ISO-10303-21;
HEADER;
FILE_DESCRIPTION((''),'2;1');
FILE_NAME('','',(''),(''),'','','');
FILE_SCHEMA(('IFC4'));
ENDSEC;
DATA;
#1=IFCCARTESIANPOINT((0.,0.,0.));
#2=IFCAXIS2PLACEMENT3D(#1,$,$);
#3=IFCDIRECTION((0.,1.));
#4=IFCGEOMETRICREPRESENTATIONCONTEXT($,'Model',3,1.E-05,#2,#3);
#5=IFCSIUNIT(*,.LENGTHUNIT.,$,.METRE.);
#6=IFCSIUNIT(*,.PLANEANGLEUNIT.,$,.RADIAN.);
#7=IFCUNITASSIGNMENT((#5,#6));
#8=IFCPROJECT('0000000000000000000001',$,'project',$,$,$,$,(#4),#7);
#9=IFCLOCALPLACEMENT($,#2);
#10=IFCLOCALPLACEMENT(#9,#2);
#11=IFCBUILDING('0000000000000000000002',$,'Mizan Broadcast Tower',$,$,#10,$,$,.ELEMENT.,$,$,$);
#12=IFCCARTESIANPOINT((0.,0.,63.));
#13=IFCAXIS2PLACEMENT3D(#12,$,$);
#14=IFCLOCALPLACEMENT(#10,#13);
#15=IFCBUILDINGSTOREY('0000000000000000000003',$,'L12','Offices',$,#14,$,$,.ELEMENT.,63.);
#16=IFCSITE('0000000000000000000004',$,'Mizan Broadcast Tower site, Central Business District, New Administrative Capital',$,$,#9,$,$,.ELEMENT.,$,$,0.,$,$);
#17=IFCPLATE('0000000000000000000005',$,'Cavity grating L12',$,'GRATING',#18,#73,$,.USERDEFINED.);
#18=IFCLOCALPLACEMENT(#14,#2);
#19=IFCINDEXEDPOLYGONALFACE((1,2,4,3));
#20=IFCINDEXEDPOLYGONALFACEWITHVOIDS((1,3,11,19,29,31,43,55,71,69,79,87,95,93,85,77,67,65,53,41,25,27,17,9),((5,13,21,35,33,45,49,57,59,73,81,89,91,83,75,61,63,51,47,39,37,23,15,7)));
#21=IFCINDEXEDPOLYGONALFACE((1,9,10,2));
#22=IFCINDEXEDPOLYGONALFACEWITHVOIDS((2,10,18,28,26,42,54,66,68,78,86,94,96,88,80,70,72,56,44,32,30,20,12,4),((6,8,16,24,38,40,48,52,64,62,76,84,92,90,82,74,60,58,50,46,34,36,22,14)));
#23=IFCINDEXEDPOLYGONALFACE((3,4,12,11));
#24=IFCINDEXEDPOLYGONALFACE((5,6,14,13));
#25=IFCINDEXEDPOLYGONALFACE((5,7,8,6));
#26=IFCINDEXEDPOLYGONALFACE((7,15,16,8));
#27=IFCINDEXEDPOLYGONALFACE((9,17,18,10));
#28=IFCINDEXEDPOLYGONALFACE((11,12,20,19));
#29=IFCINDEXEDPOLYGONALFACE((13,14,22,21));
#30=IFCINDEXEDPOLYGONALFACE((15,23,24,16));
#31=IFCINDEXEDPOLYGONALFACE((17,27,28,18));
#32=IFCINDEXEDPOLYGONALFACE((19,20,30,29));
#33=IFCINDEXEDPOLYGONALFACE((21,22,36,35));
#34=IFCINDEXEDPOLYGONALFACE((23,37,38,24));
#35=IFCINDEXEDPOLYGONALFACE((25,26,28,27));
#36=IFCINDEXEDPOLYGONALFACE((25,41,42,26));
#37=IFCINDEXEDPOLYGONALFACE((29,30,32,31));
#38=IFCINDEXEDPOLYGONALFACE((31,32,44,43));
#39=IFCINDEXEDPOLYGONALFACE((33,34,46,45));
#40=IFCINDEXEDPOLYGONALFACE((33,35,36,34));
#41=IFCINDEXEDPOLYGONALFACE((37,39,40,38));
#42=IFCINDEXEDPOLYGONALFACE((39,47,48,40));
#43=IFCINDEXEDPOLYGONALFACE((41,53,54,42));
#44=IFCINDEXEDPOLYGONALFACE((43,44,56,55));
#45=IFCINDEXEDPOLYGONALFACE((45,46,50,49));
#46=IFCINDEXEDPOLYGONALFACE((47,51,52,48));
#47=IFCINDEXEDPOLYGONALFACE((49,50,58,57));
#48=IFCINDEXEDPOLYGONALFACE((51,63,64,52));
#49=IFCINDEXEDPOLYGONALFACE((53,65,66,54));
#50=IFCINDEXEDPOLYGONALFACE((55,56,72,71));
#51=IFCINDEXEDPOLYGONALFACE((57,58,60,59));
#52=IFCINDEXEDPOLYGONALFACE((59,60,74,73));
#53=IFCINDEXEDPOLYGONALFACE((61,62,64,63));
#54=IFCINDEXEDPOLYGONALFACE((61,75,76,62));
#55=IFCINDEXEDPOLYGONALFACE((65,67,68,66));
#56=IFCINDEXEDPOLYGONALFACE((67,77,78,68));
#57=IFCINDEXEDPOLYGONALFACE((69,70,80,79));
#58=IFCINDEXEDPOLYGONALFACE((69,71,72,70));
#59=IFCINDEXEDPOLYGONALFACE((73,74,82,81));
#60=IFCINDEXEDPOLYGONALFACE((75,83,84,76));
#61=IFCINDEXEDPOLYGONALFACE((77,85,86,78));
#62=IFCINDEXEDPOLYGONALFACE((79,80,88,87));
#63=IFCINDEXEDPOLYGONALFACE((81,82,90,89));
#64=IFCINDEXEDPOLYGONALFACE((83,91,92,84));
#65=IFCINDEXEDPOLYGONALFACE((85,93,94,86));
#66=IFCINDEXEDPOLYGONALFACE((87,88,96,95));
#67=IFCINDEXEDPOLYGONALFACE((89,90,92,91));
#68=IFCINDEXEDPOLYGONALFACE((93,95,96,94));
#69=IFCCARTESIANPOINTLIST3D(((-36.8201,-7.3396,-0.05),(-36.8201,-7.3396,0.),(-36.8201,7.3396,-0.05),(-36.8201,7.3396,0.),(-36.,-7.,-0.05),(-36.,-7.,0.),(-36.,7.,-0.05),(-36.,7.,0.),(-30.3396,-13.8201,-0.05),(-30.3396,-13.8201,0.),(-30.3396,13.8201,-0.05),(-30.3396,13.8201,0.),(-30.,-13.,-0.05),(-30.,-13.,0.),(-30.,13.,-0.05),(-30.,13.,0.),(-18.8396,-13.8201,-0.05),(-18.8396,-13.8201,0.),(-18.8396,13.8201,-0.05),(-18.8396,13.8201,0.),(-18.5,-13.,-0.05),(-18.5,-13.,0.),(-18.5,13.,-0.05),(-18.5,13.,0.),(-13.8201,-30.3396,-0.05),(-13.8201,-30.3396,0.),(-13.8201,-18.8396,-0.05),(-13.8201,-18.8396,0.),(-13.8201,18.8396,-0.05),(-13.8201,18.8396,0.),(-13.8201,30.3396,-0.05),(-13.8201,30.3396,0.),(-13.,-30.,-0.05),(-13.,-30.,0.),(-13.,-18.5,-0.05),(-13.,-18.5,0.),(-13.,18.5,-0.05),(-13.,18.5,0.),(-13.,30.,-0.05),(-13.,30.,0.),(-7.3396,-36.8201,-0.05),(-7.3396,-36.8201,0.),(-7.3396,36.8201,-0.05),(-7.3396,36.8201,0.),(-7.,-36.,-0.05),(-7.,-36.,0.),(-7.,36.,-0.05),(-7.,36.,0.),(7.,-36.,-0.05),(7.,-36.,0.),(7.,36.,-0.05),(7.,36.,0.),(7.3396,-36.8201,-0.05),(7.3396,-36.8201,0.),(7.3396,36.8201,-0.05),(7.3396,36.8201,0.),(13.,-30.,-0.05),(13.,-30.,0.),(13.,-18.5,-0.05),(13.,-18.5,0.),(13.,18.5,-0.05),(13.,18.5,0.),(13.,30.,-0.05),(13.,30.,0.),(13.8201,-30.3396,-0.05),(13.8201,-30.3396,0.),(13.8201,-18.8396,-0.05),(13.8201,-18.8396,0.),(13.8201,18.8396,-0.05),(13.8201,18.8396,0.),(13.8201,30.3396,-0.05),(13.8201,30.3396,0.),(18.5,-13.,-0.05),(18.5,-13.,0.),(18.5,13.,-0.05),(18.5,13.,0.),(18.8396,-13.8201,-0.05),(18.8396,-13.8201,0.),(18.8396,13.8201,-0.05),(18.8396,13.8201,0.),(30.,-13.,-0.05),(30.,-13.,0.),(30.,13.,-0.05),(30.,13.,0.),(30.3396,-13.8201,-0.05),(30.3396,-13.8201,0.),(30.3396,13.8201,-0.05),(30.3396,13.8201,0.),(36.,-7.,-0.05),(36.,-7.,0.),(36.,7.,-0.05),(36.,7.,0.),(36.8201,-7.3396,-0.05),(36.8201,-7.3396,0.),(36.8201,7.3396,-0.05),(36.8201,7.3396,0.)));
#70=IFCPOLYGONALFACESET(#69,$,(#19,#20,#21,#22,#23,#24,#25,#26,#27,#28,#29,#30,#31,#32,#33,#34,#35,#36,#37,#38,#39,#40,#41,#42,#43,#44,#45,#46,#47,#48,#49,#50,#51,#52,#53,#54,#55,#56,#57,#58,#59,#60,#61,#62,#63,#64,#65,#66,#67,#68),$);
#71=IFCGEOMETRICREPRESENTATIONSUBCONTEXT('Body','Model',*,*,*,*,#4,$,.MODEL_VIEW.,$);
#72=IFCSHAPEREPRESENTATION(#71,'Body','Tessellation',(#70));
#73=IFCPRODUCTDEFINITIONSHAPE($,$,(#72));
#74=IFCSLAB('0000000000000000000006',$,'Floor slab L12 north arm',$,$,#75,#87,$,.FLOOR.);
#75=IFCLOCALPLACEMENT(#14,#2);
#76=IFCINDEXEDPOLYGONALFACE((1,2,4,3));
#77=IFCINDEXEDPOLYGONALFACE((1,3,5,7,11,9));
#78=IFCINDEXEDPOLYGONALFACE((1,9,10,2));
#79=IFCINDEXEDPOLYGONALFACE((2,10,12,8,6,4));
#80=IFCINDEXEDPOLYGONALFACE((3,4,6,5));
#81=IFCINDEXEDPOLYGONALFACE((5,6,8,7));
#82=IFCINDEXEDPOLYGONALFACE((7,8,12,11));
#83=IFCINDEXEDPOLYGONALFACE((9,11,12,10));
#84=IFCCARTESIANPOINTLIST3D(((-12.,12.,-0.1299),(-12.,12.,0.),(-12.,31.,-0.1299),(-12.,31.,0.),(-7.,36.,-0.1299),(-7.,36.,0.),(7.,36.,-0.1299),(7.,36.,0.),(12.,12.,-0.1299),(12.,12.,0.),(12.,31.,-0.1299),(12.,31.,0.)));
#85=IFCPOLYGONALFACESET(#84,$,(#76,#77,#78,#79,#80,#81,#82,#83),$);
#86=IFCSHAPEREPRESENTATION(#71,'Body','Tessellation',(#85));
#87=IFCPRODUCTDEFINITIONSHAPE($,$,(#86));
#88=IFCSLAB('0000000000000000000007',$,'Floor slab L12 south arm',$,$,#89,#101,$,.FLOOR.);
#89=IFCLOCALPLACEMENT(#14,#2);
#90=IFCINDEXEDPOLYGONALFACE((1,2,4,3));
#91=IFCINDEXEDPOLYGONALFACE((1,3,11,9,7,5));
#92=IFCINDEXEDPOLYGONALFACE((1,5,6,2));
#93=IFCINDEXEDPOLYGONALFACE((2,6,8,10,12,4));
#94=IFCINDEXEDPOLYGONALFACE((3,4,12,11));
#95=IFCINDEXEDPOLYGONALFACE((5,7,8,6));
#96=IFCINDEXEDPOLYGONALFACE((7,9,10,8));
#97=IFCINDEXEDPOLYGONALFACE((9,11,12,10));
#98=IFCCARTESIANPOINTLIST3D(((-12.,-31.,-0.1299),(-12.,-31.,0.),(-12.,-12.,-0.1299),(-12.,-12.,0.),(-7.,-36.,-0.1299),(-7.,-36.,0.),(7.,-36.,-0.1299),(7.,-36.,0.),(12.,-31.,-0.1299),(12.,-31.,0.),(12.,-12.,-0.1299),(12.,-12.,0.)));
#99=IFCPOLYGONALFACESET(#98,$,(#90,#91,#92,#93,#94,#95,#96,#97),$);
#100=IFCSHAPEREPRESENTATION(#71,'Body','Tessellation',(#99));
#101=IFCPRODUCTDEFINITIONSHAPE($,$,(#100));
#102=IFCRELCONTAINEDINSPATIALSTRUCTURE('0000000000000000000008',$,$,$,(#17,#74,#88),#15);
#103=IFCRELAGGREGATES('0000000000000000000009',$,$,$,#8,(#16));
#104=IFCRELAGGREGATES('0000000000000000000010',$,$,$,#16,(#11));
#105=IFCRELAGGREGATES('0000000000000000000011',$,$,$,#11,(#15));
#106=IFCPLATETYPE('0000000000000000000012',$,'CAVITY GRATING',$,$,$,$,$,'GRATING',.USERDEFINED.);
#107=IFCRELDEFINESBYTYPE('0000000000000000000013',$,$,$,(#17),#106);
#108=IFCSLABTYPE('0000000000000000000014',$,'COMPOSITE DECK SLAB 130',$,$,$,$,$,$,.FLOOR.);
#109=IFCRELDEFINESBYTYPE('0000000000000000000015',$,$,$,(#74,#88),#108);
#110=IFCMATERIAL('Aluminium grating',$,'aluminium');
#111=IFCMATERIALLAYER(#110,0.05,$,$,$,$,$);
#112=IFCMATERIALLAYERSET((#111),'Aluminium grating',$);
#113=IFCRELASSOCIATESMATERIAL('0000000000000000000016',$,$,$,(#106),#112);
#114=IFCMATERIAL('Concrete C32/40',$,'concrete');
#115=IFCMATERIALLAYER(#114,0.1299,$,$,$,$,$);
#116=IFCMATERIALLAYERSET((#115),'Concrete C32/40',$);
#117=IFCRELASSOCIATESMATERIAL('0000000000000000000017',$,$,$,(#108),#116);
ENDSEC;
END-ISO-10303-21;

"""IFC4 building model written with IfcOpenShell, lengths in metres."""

from ifc_helpers import new_model, si_unit, direction, frame, origin, place, context, subcontext, project, spatial, polyline, outline, extrude, material, layer, layer_set, type_object, element, save


model = new_model("IFC4")

# Units and contexts
model_context = context("Model", 3, precision=1e-05, world=origin(), true_north=direction((0.0, 1.0)))
body_context = subcontext(model_context, "Body", "Model", "MODEL_VIEW")
ifc_project = project(units=[si_unit("LENGTHUNIT", "METRE"), si_unit("PLANEANGLEUNIT", "RADIAN")], contexts=[model_context])

# Site, building, storey
site_placement = place(None, origin())
site = spatial("IfcSite", under=ifc_project, at=site_placement, Name="Mizan Broadcast Tower site, Central Business District, New Administrative Capital", CompositionType="ELEMENT", RefElevation=0.0)
building_placement = place(site_placement, origin())
building = spatial("IfcBuilding", under=site, at=building_placement, Name="Mizan Broadcast Tower", CompositionType="ELEMENT")
storey_placement = place(building_placement, frame((0.0, 0.0, 63.0)))
storey = spatial("IfcBuildingStorey", under=building, at=storey_placement, Name="L12", Description="Offices", CompositionType="ELEMENT", Elevation=63.0)

# Plate
ifc_material_1 = material(Name="Aluminium grating", Category="aluminium")
ifc_layer_1 = layer(ifc_material_1, 0.05)
ifc_layer_set_1 = layer_set([ifc_layer_1], Name="Aluminium grating")
plate_type = type_object("IfcPlateType", Name="CAVITY GRATING", ElementType="GRATING", PredefinedType="USERDEFINED", material=ifc_layer_set_1)
plate_placement = place(storey_placement, frame((0.0, 0.0, -0.05)))
element("IfcPlate", 1, at=plate_placement, inside=storey, type_object=plate_type, Name="Cavity grating L12", ObjectType="GRATING", PredefinedType="USERDEFINED", context=body_context, shape_type="SweptSolid", body=[
    extrude(outline(polyline([(13.8201, -18.8396), (18.8396, -13.8201), (30.3396, -13.8201), (36.8201, -7.3396), (36.8201, 7.3396), (30.3396, 13.8201), (18.8396, 13.8201), (13.8201, 18.8396), (13.8201, 30.3396), (7.3396, 36.8201), (-7.3396, 36.8201), (-13.8201, 30.3396), (-13.8201, 18.8396), (-18.8396, 13.8201), (-30.3396, 13.8201), (-36.8201, 7.3396), (-36.8201, -7.3396), (-30.3396, -13.8201), (-18.8396, -13.8201), (-13.8201, -18.8396), (-13.8201, -30.3396), (-7.3396, -36.8201), (7.3396, -36.8201), (13.8201, -30.3396), (13.8201, -18.8396)]), holes=[polyline([(36.0, 7.0), (36.0, -7.0), (30.0, -13.0), (18.5, -13.0), (13.0, -18.5), (13.0, -30.0), (7.0, -36.0), (-7.0, -36.0), (-13.0, -30.0), (-13.0, -18.5), (-18.5, -13.0), (-30.0, -13.0), (-36.0, -7.0), (-36.0, 7.0), (-30.0, 13.0), (-18.5, 13.0), (-13.0, 18.5), (-13.0, 30.0), (-7.0, 36.0), (7.0, 36.0), (13.0, 30.0), (13.0, 18.5), (18.5, 13.0), (30.0, 13.0), (36.0, 7.0)])]), origin(), (0.0, 0.0, 1.0), 0.05),
])

# Slabs
ifc_material_2 = material(Name="Concrete C32/40", Category="concrete")
ifc_layer_2 = layer(ifc_material_2, 0.1299)
ifc_layer_set_2 = layer_set([ifc_layer_2], Name="Concrete C32/40")
slab_type_1 = type_object("IfcSlabType", Name="COMPOSITE DECK SLAB 130", PredefinedType="FLOOR", material=ifc_layer_set_2)
slab_1_placement = place(storey_placement, frame((0.0, 0.0, -0.1299)))
element("IfcSlab", 2, at=slab_1_placement, inside=storey, type_object=slab_type_1, Name="Floor slab L12 north arm", PredefinedType="FLOOR", context=body_context, shape_type="SweptSolid", body=[
    extrude(outline(polyline([(-7.0, 36.0), (-12.0, 31.0), (-12.0, 12.0), (12.0, 12.0), (12.0, 31.0), (7.0, 36.0), (-7.0, 36.0)])), origin(), (0.0, 0.0, 1.0), 0.1299),
])
slab_2_placement = place(storey_placement, frame((0.0, 0.0, -0.1299)))
element("IfcSlab", 3, at=slab_2_placement, inside=storey, type_object=slab_type_1, Name="Floor slab L12 south arm", PredefinedType="FLOOR", context=body_context, shape_type="SweptSolid", body=[
    extrude(outline(polyline([(7.0, -36.0), (12.0, -31.0), (12.0, -12.0), (-12.0, -12.0), (-12.0, -31.0), (-7.0, -36.0), (7.0, -36.0)])), origin(), (0.0, 0.0, 1.0), 0.1299),
])

save(model, "model.ifc")
